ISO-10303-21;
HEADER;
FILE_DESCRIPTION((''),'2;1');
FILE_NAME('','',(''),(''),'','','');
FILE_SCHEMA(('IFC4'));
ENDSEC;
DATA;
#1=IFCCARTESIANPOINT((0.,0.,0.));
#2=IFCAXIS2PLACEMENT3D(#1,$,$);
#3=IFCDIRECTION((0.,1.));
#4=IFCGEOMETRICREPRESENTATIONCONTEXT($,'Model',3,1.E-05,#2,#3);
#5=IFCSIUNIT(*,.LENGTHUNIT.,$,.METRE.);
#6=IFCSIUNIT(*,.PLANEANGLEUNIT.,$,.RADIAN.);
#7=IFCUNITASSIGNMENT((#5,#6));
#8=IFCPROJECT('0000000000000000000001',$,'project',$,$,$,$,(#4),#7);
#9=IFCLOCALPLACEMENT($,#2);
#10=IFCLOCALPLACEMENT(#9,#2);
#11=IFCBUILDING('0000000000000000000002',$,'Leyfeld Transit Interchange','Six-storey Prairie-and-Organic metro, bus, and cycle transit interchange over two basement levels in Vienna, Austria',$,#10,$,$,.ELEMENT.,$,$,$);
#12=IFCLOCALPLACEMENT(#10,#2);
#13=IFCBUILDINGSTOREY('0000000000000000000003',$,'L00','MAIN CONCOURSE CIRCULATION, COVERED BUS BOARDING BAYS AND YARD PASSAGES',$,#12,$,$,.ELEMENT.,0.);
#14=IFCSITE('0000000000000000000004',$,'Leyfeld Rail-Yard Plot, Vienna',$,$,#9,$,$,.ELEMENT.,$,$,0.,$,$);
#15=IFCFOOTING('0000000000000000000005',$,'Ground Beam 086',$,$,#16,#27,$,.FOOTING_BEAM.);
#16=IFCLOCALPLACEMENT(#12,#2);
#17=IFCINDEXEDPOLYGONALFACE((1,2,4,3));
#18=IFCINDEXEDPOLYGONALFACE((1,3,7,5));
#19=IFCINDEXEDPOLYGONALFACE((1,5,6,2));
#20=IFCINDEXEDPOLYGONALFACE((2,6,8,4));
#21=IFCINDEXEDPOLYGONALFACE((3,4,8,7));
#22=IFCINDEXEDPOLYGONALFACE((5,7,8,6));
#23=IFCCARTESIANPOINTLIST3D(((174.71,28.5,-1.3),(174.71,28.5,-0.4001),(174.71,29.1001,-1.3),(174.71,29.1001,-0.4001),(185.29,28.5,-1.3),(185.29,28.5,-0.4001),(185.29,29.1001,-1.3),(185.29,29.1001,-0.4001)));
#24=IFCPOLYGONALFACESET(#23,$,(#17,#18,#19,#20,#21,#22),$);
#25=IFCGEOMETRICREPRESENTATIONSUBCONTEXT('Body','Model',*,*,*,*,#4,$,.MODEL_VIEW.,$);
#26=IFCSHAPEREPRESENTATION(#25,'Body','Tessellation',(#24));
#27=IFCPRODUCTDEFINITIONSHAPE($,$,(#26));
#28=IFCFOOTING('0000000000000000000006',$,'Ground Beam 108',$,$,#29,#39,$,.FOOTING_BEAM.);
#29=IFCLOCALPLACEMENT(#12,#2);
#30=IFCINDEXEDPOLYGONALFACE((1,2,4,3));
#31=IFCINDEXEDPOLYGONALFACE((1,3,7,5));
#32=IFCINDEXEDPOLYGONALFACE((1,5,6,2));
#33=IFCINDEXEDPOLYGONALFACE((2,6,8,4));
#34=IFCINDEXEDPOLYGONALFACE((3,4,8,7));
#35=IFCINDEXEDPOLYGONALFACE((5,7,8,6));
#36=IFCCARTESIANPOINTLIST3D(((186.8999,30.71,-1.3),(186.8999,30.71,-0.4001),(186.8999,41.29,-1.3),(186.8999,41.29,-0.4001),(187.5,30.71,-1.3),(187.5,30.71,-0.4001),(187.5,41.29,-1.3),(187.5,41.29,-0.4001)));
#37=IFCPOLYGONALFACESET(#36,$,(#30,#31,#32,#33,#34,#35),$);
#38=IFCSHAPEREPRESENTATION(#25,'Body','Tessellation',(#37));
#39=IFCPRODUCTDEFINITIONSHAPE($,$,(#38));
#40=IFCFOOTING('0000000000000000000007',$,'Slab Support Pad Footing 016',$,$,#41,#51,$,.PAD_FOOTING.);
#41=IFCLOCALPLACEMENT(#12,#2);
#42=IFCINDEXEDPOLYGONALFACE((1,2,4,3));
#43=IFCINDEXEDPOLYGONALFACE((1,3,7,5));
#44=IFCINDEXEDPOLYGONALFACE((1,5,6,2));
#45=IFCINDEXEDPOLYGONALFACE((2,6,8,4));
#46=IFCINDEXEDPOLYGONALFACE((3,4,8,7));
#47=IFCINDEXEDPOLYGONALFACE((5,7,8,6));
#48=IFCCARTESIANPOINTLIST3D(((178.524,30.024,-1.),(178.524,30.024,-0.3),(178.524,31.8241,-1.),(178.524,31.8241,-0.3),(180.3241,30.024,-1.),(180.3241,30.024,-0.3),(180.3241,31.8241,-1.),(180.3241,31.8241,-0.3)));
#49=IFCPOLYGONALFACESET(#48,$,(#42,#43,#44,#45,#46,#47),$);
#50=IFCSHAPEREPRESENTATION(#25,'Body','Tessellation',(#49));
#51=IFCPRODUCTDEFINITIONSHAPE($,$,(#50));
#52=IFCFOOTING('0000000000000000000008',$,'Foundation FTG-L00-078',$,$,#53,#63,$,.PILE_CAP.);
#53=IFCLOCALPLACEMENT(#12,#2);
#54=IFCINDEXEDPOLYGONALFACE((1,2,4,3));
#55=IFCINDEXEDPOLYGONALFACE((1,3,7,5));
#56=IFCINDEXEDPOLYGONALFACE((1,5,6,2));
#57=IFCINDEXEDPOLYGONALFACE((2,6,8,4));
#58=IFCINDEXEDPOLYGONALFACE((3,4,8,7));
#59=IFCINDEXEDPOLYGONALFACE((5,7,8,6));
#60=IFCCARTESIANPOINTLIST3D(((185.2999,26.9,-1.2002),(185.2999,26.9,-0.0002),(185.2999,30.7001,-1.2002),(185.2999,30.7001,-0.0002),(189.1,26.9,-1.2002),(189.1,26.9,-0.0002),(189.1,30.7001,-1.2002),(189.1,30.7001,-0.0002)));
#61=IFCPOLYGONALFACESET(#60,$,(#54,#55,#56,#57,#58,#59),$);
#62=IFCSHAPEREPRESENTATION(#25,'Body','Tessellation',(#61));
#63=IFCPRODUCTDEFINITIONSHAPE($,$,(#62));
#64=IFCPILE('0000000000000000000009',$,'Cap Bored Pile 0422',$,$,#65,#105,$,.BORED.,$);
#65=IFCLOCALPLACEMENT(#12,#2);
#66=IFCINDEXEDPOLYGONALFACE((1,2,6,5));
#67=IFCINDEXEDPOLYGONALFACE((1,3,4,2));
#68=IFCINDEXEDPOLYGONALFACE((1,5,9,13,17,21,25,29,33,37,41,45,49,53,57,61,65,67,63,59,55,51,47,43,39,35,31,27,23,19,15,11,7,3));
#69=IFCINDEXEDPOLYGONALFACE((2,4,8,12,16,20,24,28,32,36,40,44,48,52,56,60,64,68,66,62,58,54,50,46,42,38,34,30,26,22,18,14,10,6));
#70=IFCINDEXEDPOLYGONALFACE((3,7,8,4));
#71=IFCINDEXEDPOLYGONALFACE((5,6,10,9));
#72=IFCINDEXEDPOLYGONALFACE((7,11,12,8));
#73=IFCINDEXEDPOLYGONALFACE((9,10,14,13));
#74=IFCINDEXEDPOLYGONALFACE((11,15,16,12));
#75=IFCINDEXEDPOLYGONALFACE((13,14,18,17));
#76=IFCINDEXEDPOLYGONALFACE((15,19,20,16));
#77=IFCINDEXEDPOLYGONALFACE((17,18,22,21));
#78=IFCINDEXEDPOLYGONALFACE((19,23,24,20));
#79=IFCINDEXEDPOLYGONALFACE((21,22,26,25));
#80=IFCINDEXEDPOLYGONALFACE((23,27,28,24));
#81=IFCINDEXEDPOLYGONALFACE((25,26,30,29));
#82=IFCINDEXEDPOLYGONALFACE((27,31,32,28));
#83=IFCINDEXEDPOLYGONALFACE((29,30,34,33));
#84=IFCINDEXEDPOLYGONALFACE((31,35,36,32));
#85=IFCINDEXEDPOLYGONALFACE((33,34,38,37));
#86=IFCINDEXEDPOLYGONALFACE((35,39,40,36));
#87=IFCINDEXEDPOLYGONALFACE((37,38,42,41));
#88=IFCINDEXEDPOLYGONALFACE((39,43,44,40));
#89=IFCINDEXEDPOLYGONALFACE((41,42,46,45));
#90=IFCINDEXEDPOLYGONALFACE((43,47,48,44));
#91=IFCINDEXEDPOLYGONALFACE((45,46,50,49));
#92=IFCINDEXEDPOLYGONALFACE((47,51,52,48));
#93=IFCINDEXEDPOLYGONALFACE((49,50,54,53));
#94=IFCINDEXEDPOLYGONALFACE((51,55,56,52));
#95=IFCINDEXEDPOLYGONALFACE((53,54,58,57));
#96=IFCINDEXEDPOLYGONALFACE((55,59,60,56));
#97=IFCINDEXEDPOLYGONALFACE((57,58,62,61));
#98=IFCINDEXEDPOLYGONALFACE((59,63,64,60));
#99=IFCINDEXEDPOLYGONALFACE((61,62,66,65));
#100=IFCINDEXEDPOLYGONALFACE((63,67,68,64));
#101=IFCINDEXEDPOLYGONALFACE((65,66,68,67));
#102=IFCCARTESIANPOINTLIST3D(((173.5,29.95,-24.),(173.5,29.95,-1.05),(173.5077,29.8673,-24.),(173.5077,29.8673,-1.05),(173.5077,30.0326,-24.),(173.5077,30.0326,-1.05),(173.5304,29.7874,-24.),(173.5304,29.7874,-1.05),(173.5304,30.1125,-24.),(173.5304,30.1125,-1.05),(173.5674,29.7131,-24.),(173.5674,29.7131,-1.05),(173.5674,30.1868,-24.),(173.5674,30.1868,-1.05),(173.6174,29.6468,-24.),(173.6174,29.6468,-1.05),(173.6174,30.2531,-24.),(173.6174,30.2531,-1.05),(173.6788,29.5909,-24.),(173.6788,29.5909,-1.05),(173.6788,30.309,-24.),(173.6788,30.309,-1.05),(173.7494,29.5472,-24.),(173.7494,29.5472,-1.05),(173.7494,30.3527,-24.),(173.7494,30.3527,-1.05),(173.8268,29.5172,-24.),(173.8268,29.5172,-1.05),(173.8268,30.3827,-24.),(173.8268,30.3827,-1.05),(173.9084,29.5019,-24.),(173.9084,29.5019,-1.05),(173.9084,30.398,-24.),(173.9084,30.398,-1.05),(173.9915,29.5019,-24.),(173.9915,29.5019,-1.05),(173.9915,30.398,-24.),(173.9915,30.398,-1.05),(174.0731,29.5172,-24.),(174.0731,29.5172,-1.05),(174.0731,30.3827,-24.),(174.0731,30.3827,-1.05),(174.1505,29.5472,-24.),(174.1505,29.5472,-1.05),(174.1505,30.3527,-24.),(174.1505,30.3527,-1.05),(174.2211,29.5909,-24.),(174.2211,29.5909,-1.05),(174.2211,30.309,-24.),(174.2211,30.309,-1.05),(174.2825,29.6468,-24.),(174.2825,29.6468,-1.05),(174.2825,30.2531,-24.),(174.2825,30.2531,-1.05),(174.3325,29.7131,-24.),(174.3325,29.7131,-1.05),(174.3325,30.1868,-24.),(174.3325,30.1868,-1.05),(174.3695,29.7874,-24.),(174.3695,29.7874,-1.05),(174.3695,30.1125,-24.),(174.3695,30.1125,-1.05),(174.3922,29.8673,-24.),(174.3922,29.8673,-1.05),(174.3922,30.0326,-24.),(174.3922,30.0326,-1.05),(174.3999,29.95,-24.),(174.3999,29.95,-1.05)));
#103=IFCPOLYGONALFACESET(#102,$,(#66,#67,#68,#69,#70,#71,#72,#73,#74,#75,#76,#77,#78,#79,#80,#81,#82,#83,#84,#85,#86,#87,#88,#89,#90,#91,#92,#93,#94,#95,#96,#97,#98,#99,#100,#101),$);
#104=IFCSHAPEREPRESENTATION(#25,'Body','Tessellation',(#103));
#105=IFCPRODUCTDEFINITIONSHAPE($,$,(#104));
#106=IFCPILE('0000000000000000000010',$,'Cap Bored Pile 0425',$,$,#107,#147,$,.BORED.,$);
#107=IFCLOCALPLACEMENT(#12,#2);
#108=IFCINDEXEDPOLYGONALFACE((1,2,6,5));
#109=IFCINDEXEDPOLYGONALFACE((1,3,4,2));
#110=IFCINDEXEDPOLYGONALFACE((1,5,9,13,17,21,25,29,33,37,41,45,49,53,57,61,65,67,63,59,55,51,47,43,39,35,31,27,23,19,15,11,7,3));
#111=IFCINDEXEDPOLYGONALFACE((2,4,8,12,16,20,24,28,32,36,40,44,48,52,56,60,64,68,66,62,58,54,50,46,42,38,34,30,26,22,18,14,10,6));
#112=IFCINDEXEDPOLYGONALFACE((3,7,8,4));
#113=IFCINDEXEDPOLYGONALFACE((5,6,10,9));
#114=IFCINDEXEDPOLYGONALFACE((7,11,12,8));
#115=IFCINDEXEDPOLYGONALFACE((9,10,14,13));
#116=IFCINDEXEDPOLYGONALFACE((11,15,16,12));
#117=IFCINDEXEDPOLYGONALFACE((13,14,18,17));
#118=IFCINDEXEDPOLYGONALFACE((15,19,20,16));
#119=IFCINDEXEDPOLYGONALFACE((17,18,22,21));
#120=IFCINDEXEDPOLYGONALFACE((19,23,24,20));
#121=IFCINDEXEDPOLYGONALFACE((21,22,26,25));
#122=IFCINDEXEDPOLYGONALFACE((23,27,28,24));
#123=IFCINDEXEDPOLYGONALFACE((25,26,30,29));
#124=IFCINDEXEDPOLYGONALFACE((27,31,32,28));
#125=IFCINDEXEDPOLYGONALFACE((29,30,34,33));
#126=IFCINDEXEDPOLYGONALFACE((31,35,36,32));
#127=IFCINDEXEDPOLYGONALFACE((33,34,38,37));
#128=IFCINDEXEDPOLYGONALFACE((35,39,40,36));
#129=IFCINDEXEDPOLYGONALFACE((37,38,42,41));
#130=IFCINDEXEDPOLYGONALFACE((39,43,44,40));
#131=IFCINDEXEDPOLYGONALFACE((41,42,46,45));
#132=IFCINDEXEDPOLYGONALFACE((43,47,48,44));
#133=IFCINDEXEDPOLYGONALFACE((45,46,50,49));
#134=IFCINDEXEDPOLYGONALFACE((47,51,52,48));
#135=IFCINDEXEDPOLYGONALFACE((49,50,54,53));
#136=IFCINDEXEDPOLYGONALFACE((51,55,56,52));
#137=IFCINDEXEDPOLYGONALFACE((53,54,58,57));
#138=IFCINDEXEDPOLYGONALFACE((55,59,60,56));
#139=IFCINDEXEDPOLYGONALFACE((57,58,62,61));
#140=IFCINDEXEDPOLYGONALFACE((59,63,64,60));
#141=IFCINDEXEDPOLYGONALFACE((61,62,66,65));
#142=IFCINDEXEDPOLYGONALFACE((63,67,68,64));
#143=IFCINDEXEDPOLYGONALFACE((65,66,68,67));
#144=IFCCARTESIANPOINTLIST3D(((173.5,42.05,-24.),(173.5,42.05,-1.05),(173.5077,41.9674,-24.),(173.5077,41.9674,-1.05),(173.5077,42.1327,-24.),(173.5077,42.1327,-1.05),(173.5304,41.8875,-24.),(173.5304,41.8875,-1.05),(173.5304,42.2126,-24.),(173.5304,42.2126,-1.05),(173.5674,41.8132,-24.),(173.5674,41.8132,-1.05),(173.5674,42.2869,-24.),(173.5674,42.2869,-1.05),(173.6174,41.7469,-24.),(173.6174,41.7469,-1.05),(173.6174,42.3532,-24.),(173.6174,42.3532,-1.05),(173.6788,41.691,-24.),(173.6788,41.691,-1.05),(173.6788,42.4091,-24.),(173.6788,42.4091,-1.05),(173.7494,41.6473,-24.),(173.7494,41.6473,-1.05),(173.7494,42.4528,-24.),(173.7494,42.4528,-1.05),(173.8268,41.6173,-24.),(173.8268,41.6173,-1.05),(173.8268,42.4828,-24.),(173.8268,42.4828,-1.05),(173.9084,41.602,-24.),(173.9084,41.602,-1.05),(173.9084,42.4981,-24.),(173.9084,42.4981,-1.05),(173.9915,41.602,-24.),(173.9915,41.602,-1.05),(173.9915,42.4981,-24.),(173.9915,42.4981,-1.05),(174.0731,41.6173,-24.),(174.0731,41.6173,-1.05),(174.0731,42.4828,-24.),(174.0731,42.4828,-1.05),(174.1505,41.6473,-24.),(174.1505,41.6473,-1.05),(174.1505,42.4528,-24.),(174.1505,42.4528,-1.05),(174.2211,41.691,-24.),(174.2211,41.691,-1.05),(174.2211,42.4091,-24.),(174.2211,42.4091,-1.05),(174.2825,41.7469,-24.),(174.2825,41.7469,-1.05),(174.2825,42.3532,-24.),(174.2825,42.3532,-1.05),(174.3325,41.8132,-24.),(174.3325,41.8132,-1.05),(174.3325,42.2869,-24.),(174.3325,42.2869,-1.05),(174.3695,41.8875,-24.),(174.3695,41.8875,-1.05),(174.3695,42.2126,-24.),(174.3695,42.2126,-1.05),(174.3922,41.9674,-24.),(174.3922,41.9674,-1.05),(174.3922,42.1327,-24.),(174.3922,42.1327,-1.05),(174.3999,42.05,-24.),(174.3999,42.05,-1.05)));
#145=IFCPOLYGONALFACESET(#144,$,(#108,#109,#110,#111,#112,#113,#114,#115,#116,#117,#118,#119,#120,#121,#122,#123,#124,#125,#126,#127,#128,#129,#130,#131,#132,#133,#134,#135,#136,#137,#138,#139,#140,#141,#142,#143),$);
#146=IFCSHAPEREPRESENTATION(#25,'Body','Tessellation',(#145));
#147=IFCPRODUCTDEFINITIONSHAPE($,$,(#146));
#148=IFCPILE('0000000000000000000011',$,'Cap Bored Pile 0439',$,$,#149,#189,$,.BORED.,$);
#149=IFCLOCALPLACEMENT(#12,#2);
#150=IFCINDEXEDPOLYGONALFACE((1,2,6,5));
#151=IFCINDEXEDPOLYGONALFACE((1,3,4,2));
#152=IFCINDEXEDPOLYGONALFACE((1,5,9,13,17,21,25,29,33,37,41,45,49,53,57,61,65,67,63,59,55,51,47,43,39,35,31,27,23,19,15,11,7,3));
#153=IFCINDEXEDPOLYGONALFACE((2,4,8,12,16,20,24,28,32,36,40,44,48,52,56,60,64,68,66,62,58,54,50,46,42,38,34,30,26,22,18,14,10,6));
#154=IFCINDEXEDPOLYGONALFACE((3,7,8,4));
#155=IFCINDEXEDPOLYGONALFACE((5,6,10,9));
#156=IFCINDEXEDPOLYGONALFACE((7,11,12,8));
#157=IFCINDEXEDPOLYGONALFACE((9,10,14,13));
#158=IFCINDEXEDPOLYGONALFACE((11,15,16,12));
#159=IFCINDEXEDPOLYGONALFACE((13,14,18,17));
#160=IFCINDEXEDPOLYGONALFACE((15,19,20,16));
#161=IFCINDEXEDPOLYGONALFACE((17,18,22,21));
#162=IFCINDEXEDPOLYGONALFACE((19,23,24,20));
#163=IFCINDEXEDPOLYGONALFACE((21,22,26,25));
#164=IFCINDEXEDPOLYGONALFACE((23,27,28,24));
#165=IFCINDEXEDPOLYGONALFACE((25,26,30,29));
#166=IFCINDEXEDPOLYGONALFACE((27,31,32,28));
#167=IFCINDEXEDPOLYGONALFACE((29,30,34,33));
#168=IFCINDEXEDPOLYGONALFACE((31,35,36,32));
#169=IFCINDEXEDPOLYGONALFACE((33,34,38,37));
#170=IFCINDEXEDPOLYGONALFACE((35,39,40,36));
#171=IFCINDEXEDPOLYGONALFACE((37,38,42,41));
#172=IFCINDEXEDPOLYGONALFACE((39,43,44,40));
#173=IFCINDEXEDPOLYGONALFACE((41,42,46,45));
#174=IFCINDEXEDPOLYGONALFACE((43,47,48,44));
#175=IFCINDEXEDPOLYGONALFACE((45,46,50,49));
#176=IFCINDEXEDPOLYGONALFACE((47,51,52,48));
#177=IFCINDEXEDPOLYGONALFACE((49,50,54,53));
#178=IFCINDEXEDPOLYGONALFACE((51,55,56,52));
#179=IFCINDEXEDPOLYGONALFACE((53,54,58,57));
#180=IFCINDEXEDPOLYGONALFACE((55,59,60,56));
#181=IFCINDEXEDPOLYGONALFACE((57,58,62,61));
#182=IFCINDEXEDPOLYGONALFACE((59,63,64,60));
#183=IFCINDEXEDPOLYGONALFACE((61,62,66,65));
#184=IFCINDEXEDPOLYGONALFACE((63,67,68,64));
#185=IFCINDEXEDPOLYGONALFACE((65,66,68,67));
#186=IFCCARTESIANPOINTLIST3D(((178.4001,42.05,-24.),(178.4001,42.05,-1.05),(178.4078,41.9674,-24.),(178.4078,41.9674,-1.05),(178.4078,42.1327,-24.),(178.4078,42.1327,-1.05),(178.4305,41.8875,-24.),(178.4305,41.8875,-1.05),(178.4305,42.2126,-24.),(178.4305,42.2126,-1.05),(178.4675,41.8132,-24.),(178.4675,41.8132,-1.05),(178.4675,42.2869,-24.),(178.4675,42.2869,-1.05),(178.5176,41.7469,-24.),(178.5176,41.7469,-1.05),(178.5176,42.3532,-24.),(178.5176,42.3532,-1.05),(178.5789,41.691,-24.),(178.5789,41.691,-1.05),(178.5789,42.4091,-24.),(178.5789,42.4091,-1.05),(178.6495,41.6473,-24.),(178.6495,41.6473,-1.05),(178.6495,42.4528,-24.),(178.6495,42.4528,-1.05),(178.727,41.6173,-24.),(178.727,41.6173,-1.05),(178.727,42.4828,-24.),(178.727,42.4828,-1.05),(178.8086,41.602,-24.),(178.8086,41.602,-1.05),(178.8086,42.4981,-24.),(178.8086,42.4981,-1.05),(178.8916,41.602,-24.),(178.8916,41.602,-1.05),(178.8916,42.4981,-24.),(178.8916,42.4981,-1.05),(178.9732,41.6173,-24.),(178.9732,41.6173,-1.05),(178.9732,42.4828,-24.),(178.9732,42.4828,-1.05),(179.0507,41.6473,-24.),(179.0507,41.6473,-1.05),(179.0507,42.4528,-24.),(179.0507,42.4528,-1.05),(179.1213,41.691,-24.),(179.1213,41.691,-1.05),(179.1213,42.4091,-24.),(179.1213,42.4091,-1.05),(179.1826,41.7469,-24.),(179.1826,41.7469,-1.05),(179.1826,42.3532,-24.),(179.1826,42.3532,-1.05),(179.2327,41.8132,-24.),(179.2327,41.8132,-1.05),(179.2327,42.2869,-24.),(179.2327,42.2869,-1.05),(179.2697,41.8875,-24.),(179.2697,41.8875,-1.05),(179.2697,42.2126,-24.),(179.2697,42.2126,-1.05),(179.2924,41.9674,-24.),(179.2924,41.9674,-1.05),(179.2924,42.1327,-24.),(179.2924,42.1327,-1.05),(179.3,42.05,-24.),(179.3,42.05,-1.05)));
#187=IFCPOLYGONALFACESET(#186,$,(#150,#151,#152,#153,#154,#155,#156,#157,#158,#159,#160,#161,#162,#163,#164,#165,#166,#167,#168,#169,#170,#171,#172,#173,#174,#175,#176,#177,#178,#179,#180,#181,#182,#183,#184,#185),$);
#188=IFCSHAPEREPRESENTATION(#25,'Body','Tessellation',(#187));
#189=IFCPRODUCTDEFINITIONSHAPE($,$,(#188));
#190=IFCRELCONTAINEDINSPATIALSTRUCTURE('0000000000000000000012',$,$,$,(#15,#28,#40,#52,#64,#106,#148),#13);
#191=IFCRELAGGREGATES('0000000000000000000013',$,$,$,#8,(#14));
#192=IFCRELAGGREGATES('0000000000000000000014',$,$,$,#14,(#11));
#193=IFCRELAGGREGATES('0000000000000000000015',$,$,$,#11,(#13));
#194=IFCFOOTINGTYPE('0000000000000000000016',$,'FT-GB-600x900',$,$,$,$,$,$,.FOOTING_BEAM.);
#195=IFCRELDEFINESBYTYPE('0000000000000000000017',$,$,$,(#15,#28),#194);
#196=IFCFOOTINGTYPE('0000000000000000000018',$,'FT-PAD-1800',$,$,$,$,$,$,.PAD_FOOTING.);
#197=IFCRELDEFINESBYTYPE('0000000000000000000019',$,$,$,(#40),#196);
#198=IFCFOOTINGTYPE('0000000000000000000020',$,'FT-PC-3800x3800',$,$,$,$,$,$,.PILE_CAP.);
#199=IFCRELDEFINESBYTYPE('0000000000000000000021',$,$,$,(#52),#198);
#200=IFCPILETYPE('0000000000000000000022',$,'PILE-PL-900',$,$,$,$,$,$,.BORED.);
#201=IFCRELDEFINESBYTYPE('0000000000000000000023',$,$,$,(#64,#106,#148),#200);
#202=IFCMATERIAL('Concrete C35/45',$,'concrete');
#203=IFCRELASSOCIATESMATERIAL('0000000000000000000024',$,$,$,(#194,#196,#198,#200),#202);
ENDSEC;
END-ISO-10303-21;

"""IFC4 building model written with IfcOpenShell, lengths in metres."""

from ifc_helpers import new_model, si_unit, direction, frame, origin, origin_2d, place, context, subcontext, project, spatial, rectangle, circle, extrude, material, material_profile, profile_set, type_object, element, save


model = new_model("IFC4")

# Units and contexts
model_context = context("Model", 3, precision=1e-05, world=origin(), true_north=direction((0.0, 1.0)))
body_context = subcontext(model_context, "Body", "Model", "MODEL_VIEW")
ifc_project = project(units=[si_unit("LENGTHUNIT", "METRE"), si_unit("PLANEANGLEUNIT", "RADIAN")], contexts=[model_context])

# Site, building, storey
site_placement = place(None, origin())
site = spatial("IfcSite", under=ifc_project, at=site_placement, Name="Leyfeld Rail-Yard Plot, Vienna", CompositionType="ELEMENT", RefElevation=0.0)
building_placement = place(site_placement, origin())
building = spatial("IfcBuilding", under=site, at=building_placement, Name="Leyfeld Transit Interchange", Description="Six-storey Prairie-and-Organic metro, bus, and cycle transit interchange over two basement levels in Vienna, Austria", CompositionType="ELEMENT")
storey_placement = place(building_placement, origin())
storey = spatial("IfcBuildingStorey", under=building, at=storey_placement, Name="L00", Description="MAIN CONCOURSE CIRCULATION, COVERED BUS BOARDING BAYS AND YARD PASSAGES", CompositionType="ELEMENT", Elevation=0.0)

# Footings
ifc_material_1 = material(Name="Concrete C35/45", Category="concrete")
footing_type_1 = type_object("IfcFootingType", Name="FT-GB-600x900", PredefinedType="FOOTING_BEAM", material=ifc_material_1)
footing_1_placement = place(storey_placement, frame((180.0, 28.8, -1.3), z_axis=(0.0, 0.0, 1.0), x_axis=(1.0, 0.0, 0.0)))
element("IfcFooting", 1, at=footing_1_placement, inside=storey, type_object=footing_type_1, Name="Ground Beam 086", PredefinedType="FOOTING_BEAM", context=body_context, shape_type="SweptSolid", body=[
    extrude(rectangle(XDim=10.5801, YDim=0.6001, at=origin_2d()), origin(), (0.0, 0.0, 1.0), 0.8999),
])
footing_2_placement = place(storey_placement, frame((187.2, 36.0, -1.3), z_axis=(0.0, 0.0, 1.0), x_axis=(1.0, 0.0, 0.0)))
element("IfcFooting", 2, at=footing_2_placement, inside=storey, type_object=footing_type_1, Name="Ground Beam 108", PredefinedType="FOOTING_BEAM", context=body_context, shape_type="SweptSolid", body=[
    extrude(rectangle(XDim=0.6001, YDim=10.5801, at=origin_2d()), origin(), (0.0, 0.0, 1.0), 0.8999),
])
footing_type_2 = type_object("IfcFootingType", Name="FT-PAD-1800", PredefinedType="PAD_FOOTING", material=ifc_material_1)
footing_3_placement = place(storey_placement, frame((179.4241, 30.9241, -1.0), z_axis=(0.0, 0.0, 1.0), x_axis=(1.0, 0.0, 0.0)))
element("IfcFooting", 3, at=footing_3_placement, inside=storey, type_object=footing_type_2, Name="Slab Support Pad Footing 016", PredefinedType="PAD_FOOTING", context=body_context, shape_type="SweptSolid", body=[
    extrude(rectangle(XDim=1.8, YDim=1.8, at=origin_2d()), origin(), (0.0, 0.0, 1.0), 0.7),
])
footing_type_3 = type_object("IfcFootingType", Name="FT-PC-3800x3800", PredefinedType="PILE_CAP", material=ifc_material_1)
footing_4_placement = place(storey_placement, frame((187.2, 28.8, -1.2002), z_axis=(0.0, 0.0, 1.0), x_axis=(1.0, 0.0, 0.0)))
element("IfcFooting", 4, at=footing_4_placement, inside=storey, type_object=footing_type_3, Name="Foundation FTG-L00-078", PredefinedType="PILE_CAP", context=body_context, shape_type="SweptSolid", body=[
    extrude(rectangle(XDim=3.8, YDim=3.8, at=origin_2d()), origin(), (0.0, 0.0, 1.0), 1.2),
])

# Piles
ifc_material_profile_1 = material_profile(ifc_material_1, circle(Radius=0.45, at=origin_2d()), Name="PILE D900")
ifc_profile_set_1 = profile_set([ifc_material_profile_1], Name="Concrete C35/45")
pile_type = type_object("IfcPileType", Name="PILE-PL-900", PredefinedType="BORED", material=ifc_profile_set_1)
for number, where, z_axis, x_axis, name in (
    (5, (173.95, 29.95, -1.05), (0.0, 0.0, -1.0), (1.0, 0.0, 0.0), "Cap Bored Pile 0422"),
    (6, (173.95, 42.05, -1.05), (0.0, 0.0, -1.0), (1.0, 0.0, 0.0), "Cap Bored Pile 0425"),
    (7, (178.8501, 42.05, -1.05), (0.0, 0.0, -1.0), (1.0, 0.0, 0.0), "Cap Bored Pile 0439"),
):
    element("IfcPile", number, at=place(storey_placement, frame(where, z_axis=z_axis, x_axis=x_axis)), inside=storey, type_object=pile_type, Name=name, PredefinedType="BORED", context=body_context, shape_type="SweptSolid", body=[
        extrude(circle(Radius=0.45, at=origin_2d()), origin(), (0.0, 0.0, 1.0), 22.95),
    ])

save(model, "model.ifc")
